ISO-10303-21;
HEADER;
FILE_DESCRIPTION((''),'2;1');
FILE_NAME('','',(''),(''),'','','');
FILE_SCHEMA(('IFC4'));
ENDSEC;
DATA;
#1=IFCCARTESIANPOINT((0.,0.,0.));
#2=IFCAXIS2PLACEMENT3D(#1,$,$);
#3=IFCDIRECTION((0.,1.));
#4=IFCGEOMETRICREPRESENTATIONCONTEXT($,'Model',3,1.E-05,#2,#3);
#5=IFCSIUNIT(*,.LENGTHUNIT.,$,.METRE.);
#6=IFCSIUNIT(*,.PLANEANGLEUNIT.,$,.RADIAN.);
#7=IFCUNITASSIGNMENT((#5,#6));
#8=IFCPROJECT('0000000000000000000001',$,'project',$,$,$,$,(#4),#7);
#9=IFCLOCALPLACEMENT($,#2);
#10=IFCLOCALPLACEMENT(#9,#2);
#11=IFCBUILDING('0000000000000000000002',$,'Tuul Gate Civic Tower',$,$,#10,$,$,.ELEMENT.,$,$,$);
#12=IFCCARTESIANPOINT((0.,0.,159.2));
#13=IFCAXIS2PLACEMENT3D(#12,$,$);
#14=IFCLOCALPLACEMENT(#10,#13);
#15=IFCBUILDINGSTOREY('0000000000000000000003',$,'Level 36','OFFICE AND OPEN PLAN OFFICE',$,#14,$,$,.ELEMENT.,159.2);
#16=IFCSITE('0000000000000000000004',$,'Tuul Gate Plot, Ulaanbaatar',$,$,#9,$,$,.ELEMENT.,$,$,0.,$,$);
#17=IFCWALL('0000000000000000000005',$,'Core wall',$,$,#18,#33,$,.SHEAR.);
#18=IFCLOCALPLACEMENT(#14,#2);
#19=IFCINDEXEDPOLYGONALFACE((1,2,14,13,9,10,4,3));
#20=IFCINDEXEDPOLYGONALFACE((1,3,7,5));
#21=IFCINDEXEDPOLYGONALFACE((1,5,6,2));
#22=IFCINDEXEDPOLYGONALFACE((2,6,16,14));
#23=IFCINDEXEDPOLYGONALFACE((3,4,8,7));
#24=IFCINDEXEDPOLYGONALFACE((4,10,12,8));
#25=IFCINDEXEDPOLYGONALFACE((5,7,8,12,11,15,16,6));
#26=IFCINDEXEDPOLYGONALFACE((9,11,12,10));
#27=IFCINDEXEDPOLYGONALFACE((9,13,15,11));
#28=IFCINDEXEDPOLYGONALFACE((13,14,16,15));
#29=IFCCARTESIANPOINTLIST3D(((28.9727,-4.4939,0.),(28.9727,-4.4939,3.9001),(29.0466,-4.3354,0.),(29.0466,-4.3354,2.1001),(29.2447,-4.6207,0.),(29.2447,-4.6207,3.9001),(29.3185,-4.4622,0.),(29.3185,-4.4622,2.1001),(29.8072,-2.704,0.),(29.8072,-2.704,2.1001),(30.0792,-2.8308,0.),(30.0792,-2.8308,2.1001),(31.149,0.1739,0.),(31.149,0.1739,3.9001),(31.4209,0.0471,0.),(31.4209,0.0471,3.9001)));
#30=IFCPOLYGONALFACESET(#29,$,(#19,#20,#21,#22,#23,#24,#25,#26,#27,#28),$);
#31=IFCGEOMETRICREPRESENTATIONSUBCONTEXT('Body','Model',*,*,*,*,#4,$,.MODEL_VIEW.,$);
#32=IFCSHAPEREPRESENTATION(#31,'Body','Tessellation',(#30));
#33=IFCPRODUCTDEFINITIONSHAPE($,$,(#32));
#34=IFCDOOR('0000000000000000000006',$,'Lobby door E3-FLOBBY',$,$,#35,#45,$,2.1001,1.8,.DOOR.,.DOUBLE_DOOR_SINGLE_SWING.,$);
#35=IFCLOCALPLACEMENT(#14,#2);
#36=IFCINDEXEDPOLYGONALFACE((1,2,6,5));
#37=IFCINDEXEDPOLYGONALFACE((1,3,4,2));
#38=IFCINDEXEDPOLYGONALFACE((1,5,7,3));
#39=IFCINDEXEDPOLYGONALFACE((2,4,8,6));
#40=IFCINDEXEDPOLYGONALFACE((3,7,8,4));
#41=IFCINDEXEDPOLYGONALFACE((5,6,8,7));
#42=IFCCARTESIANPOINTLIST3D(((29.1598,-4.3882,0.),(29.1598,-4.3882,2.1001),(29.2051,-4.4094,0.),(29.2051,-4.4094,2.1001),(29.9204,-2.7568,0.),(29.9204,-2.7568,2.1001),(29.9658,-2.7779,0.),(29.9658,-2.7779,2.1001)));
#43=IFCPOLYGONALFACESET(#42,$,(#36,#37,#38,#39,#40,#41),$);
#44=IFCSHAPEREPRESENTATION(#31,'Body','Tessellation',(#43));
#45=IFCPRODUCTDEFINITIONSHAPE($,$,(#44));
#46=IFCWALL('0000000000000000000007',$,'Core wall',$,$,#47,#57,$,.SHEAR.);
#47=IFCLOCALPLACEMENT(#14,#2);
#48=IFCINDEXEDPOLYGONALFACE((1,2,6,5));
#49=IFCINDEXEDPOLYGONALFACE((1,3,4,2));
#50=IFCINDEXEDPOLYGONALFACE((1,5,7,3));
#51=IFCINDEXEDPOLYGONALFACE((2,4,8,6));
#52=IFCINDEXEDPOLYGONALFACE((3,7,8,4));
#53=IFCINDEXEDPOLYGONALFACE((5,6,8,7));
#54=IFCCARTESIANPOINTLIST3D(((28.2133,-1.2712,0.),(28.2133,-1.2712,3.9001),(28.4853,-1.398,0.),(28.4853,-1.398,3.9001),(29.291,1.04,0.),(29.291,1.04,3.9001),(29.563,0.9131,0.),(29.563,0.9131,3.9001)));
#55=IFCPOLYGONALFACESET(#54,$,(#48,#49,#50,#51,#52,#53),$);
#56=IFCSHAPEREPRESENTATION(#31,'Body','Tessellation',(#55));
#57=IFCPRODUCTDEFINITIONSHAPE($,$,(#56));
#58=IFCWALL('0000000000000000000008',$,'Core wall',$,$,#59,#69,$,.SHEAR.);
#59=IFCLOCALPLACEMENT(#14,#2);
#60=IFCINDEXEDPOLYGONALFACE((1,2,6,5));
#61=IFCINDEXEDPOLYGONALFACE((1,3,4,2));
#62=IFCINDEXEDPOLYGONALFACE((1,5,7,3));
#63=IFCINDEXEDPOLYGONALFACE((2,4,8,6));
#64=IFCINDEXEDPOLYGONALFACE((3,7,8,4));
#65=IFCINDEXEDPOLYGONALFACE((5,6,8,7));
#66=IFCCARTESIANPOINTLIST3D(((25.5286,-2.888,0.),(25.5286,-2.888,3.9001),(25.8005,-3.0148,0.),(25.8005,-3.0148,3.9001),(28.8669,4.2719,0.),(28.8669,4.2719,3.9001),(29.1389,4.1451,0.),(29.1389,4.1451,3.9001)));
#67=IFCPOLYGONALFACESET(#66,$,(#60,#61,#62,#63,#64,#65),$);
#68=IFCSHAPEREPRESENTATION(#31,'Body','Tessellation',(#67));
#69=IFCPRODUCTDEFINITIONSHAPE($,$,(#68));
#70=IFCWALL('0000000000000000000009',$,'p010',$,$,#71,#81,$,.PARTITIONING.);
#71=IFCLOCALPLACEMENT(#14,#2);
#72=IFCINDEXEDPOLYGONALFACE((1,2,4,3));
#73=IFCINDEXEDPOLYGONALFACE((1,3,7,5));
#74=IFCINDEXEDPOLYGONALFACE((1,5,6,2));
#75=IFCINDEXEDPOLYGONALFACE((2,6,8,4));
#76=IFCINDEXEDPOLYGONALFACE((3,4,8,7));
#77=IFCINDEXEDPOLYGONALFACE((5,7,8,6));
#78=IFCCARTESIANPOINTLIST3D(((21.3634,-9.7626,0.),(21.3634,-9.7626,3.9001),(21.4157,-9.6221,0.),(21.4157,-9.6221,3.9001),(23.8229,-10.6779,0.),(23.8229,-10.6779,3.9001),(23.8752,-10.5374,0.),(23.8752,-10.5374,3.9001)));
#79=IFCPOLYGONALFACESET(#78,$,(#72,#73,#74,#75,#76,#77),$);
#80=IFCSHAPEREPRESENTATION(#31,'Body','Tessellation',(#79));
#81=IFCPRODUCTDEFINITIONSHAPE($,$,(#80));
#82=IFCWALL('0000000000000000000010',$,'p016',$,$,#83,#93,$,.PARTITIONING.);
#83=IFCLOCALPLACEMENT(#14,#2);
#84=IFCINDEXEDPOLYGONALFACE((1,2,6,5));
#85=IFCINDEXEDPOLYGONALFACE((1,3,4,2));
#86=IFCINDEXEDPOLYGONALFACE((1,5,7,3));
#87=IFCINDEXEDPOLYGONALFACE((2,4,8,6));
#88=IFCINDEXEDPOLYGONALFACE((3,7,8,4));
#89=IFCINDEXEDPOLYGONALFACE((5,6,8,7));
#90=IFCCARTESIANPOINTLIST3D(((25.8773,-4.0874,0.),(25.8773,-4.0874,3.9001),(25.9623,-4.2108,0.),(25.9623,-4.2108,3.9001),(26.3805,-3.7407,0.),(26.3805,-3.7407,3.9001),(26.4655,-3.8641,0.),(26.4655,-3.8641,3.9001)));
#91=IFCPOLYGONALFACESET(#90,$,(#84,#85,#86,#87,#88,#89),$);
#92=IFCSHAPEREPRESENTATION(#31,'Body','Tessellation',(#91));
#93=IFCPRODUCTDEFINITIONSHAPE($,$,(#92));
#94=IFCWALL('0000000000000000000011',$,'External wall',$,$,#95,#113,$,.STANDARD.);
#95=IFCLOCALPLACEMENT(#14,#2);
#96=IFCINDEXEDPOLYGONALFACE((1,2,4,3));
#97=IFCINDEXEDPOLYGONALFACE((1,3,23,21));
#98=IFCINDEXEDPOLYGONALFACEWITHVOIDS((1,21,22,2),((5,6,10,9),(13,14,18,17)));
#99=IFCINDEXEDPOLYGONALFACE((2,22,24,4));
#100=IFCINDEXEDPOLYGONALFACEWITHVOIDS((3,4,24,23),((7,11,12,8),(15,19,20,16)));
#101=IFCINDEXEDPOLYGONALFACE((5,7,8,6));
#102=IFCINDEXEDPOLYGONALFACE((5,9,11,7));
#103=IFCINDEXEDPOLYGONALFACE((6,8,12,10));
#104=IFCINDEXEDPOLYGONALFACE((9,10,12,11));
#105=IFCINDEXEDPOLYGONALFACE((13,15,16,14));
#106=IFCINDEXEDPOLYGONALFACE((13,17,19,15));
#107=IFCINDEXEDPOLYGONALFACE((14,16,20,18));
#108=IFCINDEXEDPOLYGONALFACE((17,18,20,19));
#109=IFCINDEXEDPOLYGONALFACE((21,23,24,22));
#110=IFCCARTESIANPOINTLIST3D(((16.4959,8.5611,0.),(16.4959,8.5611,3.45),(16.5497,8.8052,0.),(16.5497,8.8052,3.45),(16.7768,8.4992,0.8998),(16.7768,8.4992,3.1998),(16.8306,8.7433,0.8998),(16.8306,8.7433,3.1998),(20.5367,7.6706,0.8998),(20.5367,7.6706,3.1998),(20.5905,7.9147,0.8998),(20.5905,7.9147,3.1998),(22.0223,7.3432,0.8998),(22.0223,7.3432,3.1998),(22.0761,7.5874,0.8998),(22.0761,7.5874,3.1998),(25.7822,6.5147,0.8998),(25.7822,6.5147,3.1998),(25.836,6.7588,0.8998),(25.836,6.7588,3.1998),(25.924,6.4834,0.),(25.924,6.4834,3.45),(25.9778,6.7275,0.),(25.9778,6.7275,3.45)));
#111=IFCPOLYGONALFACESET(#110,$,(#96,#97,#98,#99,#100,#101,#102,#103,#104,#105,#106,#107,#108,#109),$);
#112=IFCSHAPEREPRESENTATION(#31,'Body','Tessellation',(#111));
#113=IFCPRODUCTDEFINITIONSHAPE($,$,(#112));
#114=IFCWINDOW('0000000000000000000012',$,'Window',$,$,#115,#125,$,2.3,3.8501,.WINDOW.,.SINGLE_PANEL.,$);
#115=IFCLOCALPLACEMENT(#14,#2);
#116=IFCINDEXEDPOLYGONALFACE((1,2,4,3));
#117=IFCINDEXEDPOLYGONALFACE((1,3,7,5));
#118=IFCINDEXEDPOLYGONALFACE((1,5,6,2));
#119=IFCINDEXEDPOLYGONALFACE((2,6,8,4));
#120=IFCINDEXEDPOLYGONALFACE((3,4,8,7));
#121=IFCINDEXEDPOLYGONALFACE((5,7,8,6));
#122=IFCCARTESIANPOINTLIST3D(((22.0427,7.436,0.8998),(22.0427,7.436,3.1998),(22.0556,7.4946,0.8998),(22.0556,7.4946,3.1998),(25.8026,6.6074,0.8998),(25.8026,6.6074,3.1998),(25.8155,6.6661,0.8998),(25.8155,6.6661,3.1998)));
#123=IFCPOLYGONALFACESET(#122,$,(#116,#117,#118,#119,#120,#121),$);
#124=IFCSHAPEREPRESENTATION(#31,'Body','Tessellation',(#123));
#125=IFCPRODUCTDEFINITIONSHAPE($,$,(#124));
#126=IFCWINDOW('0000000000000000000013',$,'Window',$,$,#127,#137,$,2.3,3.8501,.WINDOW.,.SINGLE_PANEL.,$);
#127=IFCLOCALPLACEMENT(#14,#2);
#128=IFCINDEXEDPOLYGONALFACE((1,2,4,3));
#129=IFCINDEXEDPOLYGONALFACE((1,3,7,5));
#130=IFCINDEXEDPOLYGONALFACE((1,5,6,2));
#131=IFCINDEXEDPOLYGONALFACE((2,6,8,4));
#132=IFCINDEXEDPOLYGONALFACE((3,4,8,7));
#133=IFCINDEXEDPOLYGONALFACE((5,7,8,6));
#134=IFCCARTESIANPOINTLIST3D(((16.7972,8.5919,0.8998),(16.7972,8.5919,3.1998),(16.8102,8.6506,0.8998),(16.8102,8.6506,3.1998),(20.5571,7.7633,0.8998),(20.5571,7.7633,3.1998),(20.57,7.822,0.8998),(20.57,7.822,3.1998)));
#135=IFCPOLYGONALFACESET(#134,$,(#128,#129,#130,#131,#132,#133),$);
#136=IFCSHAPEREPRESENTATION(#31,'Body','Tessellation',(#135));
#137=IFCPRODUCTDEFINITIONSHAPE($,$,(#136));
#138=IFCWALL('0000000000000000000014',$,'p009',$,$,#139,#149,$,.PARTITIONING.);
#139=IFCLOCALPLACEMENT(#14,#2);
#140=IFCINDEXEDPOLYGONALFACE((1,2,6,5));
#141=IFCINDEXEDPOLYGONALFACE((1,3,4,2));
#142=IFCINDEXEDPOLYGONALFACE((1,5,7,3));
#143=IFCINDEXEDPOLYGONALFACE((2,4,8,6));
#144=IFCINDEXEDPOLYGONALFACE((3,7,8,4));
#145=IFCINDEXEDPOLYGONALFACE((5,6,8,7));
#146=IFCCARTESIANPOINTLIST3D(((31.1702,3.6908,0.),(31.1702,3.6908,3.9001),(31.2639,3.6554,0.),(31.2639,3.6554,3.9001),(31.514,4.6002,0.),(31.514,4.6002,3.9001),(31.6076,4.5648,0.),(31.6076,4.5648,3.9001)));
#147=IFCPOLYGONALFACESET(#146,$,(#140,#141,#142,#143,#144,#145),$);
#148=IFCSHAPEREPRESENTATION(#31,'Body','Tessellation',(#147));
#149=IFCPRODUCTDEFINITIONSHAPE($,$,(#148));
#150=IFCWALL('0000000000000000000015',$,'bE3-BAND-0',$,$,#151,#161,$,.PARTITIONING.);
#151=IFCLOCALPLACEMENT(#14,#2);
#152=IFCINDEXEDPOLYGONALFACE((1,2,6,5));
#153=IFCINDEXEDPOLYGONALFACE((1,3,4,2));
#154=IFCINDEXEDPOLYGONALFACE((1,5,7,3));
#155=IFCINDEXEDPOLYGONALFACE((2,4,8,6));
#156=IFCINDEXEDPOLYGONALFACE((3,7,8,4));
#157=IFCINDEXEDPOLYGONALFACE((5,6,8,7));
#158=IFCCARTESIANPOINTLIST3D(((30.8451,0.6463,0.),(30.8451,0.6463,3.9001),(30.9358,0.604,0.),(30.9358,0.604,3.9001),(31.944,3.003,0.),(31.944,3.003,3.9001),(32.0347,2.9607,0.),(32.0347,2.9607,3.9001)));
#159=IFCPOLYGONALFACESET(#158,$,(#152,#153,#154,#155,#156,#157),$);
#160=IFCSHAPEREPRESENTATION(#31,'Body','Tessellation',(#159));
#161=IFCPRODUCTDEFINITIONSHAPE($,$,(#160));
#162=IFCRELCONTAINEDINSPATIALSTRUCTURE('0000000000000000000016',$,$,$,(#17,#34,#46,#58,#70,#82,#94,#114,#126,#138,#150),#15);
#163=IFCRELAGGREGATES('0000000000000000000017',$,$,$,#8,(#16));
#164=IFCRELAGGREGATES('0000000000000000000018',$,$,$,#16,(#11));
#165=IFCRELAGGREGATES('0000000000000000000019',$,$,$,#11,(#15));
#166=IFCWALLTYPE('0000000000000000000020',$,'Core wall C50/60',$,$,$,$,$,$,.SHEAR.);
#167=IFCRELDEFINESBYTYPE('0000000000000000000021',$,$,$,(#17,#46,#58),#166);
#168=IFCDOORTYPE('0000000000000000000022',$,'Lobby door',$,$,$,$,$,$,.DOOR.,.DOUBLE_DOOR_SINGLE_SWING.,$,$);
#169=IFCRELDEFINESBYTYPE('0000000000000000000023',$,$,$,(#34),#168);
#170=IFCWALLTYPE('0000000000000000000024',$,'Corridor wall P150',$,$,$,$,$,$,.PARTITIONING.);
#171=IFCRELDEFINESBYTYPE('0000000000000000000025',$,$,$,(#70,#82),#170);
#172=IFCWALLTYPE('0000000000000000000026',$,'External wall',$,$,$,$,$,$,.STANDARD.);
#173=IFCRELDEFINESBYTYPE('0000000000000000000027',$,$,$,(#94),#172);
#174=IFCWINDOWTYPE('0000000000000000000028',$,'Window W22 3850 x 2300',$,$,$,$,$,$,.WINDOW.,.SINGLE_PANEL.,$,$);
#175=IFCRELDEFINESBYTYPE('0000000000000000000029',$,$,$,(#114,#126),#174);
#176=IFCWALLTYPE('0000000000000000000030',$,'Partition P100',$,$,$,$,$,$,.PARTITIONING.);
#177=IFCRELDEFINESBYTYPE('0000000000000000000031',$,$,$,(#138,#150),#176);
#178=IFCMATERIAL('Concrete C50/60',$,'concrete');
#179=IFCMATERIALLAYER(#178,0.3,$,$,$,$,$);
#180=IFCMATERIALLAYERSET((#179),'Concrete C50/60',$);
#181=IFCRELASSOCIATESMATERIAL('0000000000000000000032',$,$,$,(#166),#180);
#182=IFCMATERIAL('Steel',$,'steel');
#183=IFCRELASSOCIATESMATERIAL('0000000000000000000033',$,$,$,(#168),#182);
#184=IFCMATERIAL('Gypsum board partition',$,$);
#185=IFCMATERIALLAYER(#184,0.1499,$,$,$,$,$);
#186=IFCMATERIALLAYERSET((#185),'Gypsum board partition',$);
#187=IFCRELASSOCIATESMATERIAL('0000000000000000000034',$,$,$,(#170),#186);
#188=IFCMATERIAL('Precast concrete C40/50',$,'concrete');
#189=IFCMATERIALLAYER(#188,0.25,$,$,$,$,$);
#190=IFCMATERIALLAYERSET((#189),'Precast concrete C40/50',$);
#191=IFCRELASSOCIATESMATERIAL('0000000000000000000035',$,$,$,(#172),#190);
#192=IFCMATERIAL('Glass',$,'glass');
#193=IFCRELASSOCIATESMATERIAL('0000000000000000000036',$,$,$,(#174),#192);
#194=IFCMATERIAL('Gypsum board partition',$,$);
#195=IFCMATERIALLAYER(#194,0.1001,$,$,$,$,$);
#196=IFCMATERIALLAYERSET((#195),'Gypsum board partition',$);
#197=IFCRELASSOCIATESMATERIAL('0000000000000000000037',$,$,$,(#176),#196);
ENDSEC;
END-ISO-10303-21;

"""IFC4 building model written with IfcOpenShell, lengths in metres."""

from ifc_helpers import new_model, si_unit, direction, frame, frame_2d, origin, place, context, subcontext, project, spatial, rectangle, extrude, material, layer, layer_set, type_object, element, fill, save


model = new_model("IFC4")

# Units and contexts
model_context = context("Model", 3, precision=1e-05, world=origin(), true_north=direction((0.0, 1.0)))
body_context = subcontext(model_context, "Body", "Model", "MODEL_VIEW")
ifc_project = project(units=[si_unit("LENGTHUNIT", "METRE"), si_unit("PLANEANGLEUNIT", "RADIAN")], contexts=[model_context])

# Site, building, storey
site_placement = place(None, origin())
site = spatial("IfcSite", under=ifc_project, at=site_placement, Name="Tuul Gate Plot, Ulaanbaatar", CompositionType="ELEMENT", RefElevation=0.0)
building_placement = place(site_placement, origin())
building = spatial("IfcBuilding", under=site, at=building_placement, Name="Tuul Gate Civic Tower", CompositionType="ELEMENT")
storey_placement = place(building_placement, frame((0.0, 0.0, 159.2)))
storey = spatial("IfcBuildingStorey", under=building, at=storey_placement, Name="Level 36", Description="OFFICE AND OPEN PLAN OFFICE", CompositionType="ELEMENT", Elevation=159.2)

# Shared definitions
ifc_material_1 = material(Name="Concrete C50/60", Category="concrete")
ifc_layer_1 = layer(ifc_material_1, 0.3)
ifc_layer_set_1 = layer_set([ifc_layer_1], Name="Concrete C50/60")
wall_type_1 = type_object("IfcWallType", Name="Core wall C50/60", PredefinedType="SHEAR", material=ifc_layer_set_1)

# Wall, opening, door
wall_1_placement = place(storey_placement, frame((29.1086, -4.5574, 0.0), z_axis=(0.0, 0.0, 1.0), x_axis=(0.422566, 0.906332, 0.0)))
wall_1 = element("IfcWall", 1, at=wall_1_placement, inside=storey, type_object=wall_type_1, Name="Core wall", PredefinedType="SHEAR", context=body_context, shape_type="SweptSolid", body=[
    extrude(rectangle(XDim=5.1501, YDim=0.3, at=frame_2d((2.5752, 0.0))), origin(), (0.0, 0.0, 1.0), 3.9001),
])
opening_1_placement = place(wall_1_placement, frame((0.175, 0.0, 0.0)))
opening_1 = element("IfcOpeningElement", 2, at=opening_1_placement, cuts=wall_1, PredefinedType="OPENING", context=body_context, shape_type="SweptSolid", body=[
    extrude(rectangle(XDim=1.8, YDim=2.1001, at=frame_2d((0.8999, 1.05))), frame((0.0, 0.1602, 0.0), z_axis=(0.0, -1.0, 0.0), x_axis=(1.0, 0.0, 0.0)), (0.0, 0.0, 1.0), 0.3201),
])
ifc_material_2 = material(Name="Steel", Category="steel")
door_type_1 = type_object("IfcDoorType", Name="Lobby door", OperationType="DOUBLE_DOOR_SINGLE_SWING", PredefinedType="DOOR", material=ifc_material_2)
door_1_placement = place(opening_1_placement, frame((1.8, 0.0, 0.0), z_axis=(0.0, 0.0, 1.0), x_axis=(-1.0, 0.0, 0.0)))
door_1 = element("IfcDoor", 3, at=door_1_placement, inside=storey, type_object=door_type_1, Name="Lobby door E3-FLOBBY", OperationType="DOUBLE_DOOR_SINGLE_SWING", OverallHeight=2.1001, OverallWidth=1.8, PredefinedType="DOOR", context=body_context, shape_type="SweptSolid", body=[
    extrude(rectangle(XDim=1.8, YDim=2.1001, at=frame_2d((0.9001, 1.05))), frame((0.0, 0.0249, 0.0), z_axis=(0.0, -1.0, 0.0), x_axis=(1.0, 0.0, 0.0)), (0.0, 0.0, 1.0), 0.05),
])
fill(opening_1, door_1)

# Walls
wall_2_placement = place(storey_placement, frame((28.3494, -1.3345, 0.0), z_axis=(0.0, 0.0, 1.0), x_axis=(0.422613, 0.90631, 0.0)))
element("IfcWall", 4, at=wall_2_placement, inside=storey, type_object=wall_type_1, Name="Core wall", PredefinedType="SHEAR", context=body_context, shape_type="SweptSolid", body=[
    extrude(rectangle(XDim=2.55, YDim=0.3, at=frame_2d((1.2749, 0.0))), origin(), (0.0, 0.0, 1.0), 3.9001),
])
wall_3_placement = place(storey_placement, frame((25.6646, -2.9514, 0.0), z_axis=(0.0, 0.0, 1.0), x_axis=(0.422583, 0.906324, 0.0)))
element("IfcWall", 5, at=wall_3_placement, inside=storey, type_object=wall_type_1, Name="Core wall", PredefinedType="SHEAR", context=body_context, shape_type="SweptSolid", body=[
    extrude(rectangle(XDim=7.8999, YDim=0.3, at=frame_2d((3.95, 0.0))), origin(), (0.0, 0.0, 1.0), 3.9001),
])
ifc_material_3 = material(Name="Gypsum board partition")
ifc_layer_2 = layer(ifc_material_3, 0.1499)
ifc_layer_set_2 = layer_set([ifc_layer_2], Name="Gypsum board partition")
wall_type_2 = type_object("IfcWallType", Name="Corridor wall P150", PredefinedType="PARTITIONING", material=ifc_layer_set_2)
wall_4_placement = place(storey_placement, frame((21.3896, -9.6924, 0.0), z_axis=(0.0, 0.0, 1.0), x_axis=(0.937206, -0.348777, 0.0)))
element("IfcWall", 6, at=wall_4_placement, inside=storey, type_object=wall_type_2, Name="p010", PredefinedType="PARTITIONING", context=body_context, shape_type="SweptSolid", body=[
    extrude(rectangle(XDim=2.6243, YDim=0.1499, at=frame_2d((1.312, 0.0))), origin(), (0.0, 0.0, 1.0), 3.9001),
])
wall_5_placement = place(storey_placement, frame((25.9197, -4.1492, 0.0), z_axis=(0.0, 0.0, 1.0), x_axis=(0.82347, 0.567359, 0.0)))
element("IfcWall", 7, at=wall_5_placement, inside=storey, type_object=wall_type_2, Name="p016", PredefinedType="PARTITIONING", context=body_context, shape_type="SweptSolid", body=[
    extrude(rectangle(XDim=0.6111, YDim=0.1499, at=frame_2d((0.3057, 0.0))), origin(), (0.0, 0.0, 1.0), 3.9001),
])

# Wall, openings, windows
ifc_material_4 = material(Name="Precast concrete C40/50", Category="concrete")
ifc_layer_3 = layer(ifc_material_4, 0.25)
ifc_layer_set_3 = layer_set([ifc_layer_3], Name="Precast concrete C40/50")
wall_type_3 = type_object("IfcWallType", Name="External wall", PredefinedType="STANDARD", material=ifc_layer_set_3)
wall_6_placement = place(storey_placement, frame((25.9509, 6.6055, 0.0), z_axis=(0.0, 0.0, 1.0), x_axis=(-0.976569, 0.215206, 0.0)))
wall_6 = element("IfcWall", 8, at=wall_6_placement, inside=storey, type_object=wall_type_3, Name="External wall", PredefinedType="STANDARD", context=body_context, shape_type="SweptSolid", body=[
    extrude(rectangle(XDim=9.6543, YDim=0.25, at=frame_2d((4.8271, 0.0))), origin(), (0.0, 0.0, 1.0), 3.45),
])
opening_2_placement = place(wall_6_placement, frame((0.1453, 0.0, 0.8999)))
opening_2 = element("IfcOpeningElement", 9, at=opening_2_placement, cuts=wall_6, PredefinedType="OPENING", context=body_context, shape_type="SweptSolid", body=[
    extrude(rectangle(XDim=3.8501, YDim=2.3, at=frame_2d((1.925, 1.1499))), frame((0.0, 0.135, 0.0), z_axis=(0.0, -1.0, 0.0), x_axis=(1.0, 0.0, 0.0)), (0.0, 0.0, 1.0), 0.27),
])
opening_3_placement = place(wall_6_placement, frame((5.5166, 0.0, 0.8999)))
opening_3 = element("IfcOpeningElement", 10, at=opening_3_placement, cuts=wall_6, PredefinedType="OPENING", context=body_context, shape_type="SweptSolid", body=[
    extrude(rectangle(XDim=3.8501, YDim=2.3, at=frame_2d((1.925, 1.1499))), frame((0.0, 0.135, 0.0), z_axis=(0.0, -1.0, 0.0), x_axis=(1.0, 0.0, 0.0)), (0.0, 0.0, 1.0), 0.27),
])
ifc_material_5 = material(Name="Glass", Category="glass")
window_type = type_object("IfcWindowType", Name="Window W22 3850 x 2300", PartitioningType="SINGLE_PANEL", PredefinedType="WINDOW", material=ifc_material_5)
window_1_placement = place(opening_2_placement, origin())
window_1 = element("IfcWindow", 11, at=window_1_placement, inside=storey, type_object=window_type, Name="Window", OverallHeight=2.3, OverallWidth=3.8501, PartitioningType="SINGLE_PANEL", PredefinedType="WINDOW", context=body_context, shape_type="SweptSolid", body=[
    extrude(rectangle(XDim=3.8501, YDim=2.3, at=frame_2d((1.925, 1.1499))), frame((0.0, 0.03, 0.0), z_axis=(0.0, -1.0, 0.0), x_axis=(1.0, 0.0, 0.0)), (0.0, 0.0, 1.0), 0.0601),
])
fill(opening_2, window_1)
window_2_placement = place(opening_3_placement, origin())
window_2 = element("IfcWindow", 12, at=window_2_placement, inside=storey, type_object=window_type, Name="Window", OverallHeight=2.3, OverallWidth=3.8501, PartitioningType="SINGLE_PANEL", PredefinedType="WINDOW", context=body_context, shape_type="SweptSolid", body=[
    extrude(rectangle(XDim=3.8501, YDim=2.3, at=frame_2d((1.925, 1.1499))), frame((0.0, 0.03, 0.0), z_axis=(0.0, -1.0, 0.0), x_axis=(1.0, 0.0, 0.0)), (0.0, 0.0, 1.0), 0.0601),
])
fill(opening_3, window_2)

# Walls
ifc_material_6 = material(Name="Gypsum board partition")
ifc_layer_4 = layer(ifc_material_6, 0.1001)
ifc_layer_set_4 = layer_set([ifc_layer_4], Name="Gypsum board partition")
wall_type_4 = type_object("IfcWallType", Name="Partition P100", PredefinedType="PARTITIONING", material=ifc_layer_set_4)
wall_7_placement = place(storey_placement, frame((31.217, 3.6731, 0.0), z_axis=(0.0, 0.0, 1.0), x_axis=(0.353571, 0.935408, 0.0)))
element("IfcWall", 13, at=wall_7_placement, inside=storey, type_object=wall_type_4, Name="p009", PredefinedType="PARTITIONING", context=body_context, shape_type="SweptSolid", body=[
    extrude(rectangle(XDim=0.9722, YDim=0.1001, at=frame_2d((0.4861, 0.0))), origin(), (0.0, 0.0, 1.0), 3.9001),
])
wall_8_placement = place(storey_placement, frame((30.8904, 0.625, 0.0), z_axis=(0.0, 0.0, 1.0), x_axis=(0.422598, 0.906317, 0.0)))
element("IfcWall", 14, at=wall_8_placement, inside=storey, type_object=wall_type_4, Name="bE3-BAND-0", PredefinedType="PARTITIONING", context=body_context, shape_type="SweptSolid", body=[
    extrude(rectangle(XDim=2.6003, YDim=0.1001, at=frame_2d((1.3003, 0.0))), origin(), (0.0, 0.0, 1.0), 3.9001),
])

save(model, "model.ifc")
